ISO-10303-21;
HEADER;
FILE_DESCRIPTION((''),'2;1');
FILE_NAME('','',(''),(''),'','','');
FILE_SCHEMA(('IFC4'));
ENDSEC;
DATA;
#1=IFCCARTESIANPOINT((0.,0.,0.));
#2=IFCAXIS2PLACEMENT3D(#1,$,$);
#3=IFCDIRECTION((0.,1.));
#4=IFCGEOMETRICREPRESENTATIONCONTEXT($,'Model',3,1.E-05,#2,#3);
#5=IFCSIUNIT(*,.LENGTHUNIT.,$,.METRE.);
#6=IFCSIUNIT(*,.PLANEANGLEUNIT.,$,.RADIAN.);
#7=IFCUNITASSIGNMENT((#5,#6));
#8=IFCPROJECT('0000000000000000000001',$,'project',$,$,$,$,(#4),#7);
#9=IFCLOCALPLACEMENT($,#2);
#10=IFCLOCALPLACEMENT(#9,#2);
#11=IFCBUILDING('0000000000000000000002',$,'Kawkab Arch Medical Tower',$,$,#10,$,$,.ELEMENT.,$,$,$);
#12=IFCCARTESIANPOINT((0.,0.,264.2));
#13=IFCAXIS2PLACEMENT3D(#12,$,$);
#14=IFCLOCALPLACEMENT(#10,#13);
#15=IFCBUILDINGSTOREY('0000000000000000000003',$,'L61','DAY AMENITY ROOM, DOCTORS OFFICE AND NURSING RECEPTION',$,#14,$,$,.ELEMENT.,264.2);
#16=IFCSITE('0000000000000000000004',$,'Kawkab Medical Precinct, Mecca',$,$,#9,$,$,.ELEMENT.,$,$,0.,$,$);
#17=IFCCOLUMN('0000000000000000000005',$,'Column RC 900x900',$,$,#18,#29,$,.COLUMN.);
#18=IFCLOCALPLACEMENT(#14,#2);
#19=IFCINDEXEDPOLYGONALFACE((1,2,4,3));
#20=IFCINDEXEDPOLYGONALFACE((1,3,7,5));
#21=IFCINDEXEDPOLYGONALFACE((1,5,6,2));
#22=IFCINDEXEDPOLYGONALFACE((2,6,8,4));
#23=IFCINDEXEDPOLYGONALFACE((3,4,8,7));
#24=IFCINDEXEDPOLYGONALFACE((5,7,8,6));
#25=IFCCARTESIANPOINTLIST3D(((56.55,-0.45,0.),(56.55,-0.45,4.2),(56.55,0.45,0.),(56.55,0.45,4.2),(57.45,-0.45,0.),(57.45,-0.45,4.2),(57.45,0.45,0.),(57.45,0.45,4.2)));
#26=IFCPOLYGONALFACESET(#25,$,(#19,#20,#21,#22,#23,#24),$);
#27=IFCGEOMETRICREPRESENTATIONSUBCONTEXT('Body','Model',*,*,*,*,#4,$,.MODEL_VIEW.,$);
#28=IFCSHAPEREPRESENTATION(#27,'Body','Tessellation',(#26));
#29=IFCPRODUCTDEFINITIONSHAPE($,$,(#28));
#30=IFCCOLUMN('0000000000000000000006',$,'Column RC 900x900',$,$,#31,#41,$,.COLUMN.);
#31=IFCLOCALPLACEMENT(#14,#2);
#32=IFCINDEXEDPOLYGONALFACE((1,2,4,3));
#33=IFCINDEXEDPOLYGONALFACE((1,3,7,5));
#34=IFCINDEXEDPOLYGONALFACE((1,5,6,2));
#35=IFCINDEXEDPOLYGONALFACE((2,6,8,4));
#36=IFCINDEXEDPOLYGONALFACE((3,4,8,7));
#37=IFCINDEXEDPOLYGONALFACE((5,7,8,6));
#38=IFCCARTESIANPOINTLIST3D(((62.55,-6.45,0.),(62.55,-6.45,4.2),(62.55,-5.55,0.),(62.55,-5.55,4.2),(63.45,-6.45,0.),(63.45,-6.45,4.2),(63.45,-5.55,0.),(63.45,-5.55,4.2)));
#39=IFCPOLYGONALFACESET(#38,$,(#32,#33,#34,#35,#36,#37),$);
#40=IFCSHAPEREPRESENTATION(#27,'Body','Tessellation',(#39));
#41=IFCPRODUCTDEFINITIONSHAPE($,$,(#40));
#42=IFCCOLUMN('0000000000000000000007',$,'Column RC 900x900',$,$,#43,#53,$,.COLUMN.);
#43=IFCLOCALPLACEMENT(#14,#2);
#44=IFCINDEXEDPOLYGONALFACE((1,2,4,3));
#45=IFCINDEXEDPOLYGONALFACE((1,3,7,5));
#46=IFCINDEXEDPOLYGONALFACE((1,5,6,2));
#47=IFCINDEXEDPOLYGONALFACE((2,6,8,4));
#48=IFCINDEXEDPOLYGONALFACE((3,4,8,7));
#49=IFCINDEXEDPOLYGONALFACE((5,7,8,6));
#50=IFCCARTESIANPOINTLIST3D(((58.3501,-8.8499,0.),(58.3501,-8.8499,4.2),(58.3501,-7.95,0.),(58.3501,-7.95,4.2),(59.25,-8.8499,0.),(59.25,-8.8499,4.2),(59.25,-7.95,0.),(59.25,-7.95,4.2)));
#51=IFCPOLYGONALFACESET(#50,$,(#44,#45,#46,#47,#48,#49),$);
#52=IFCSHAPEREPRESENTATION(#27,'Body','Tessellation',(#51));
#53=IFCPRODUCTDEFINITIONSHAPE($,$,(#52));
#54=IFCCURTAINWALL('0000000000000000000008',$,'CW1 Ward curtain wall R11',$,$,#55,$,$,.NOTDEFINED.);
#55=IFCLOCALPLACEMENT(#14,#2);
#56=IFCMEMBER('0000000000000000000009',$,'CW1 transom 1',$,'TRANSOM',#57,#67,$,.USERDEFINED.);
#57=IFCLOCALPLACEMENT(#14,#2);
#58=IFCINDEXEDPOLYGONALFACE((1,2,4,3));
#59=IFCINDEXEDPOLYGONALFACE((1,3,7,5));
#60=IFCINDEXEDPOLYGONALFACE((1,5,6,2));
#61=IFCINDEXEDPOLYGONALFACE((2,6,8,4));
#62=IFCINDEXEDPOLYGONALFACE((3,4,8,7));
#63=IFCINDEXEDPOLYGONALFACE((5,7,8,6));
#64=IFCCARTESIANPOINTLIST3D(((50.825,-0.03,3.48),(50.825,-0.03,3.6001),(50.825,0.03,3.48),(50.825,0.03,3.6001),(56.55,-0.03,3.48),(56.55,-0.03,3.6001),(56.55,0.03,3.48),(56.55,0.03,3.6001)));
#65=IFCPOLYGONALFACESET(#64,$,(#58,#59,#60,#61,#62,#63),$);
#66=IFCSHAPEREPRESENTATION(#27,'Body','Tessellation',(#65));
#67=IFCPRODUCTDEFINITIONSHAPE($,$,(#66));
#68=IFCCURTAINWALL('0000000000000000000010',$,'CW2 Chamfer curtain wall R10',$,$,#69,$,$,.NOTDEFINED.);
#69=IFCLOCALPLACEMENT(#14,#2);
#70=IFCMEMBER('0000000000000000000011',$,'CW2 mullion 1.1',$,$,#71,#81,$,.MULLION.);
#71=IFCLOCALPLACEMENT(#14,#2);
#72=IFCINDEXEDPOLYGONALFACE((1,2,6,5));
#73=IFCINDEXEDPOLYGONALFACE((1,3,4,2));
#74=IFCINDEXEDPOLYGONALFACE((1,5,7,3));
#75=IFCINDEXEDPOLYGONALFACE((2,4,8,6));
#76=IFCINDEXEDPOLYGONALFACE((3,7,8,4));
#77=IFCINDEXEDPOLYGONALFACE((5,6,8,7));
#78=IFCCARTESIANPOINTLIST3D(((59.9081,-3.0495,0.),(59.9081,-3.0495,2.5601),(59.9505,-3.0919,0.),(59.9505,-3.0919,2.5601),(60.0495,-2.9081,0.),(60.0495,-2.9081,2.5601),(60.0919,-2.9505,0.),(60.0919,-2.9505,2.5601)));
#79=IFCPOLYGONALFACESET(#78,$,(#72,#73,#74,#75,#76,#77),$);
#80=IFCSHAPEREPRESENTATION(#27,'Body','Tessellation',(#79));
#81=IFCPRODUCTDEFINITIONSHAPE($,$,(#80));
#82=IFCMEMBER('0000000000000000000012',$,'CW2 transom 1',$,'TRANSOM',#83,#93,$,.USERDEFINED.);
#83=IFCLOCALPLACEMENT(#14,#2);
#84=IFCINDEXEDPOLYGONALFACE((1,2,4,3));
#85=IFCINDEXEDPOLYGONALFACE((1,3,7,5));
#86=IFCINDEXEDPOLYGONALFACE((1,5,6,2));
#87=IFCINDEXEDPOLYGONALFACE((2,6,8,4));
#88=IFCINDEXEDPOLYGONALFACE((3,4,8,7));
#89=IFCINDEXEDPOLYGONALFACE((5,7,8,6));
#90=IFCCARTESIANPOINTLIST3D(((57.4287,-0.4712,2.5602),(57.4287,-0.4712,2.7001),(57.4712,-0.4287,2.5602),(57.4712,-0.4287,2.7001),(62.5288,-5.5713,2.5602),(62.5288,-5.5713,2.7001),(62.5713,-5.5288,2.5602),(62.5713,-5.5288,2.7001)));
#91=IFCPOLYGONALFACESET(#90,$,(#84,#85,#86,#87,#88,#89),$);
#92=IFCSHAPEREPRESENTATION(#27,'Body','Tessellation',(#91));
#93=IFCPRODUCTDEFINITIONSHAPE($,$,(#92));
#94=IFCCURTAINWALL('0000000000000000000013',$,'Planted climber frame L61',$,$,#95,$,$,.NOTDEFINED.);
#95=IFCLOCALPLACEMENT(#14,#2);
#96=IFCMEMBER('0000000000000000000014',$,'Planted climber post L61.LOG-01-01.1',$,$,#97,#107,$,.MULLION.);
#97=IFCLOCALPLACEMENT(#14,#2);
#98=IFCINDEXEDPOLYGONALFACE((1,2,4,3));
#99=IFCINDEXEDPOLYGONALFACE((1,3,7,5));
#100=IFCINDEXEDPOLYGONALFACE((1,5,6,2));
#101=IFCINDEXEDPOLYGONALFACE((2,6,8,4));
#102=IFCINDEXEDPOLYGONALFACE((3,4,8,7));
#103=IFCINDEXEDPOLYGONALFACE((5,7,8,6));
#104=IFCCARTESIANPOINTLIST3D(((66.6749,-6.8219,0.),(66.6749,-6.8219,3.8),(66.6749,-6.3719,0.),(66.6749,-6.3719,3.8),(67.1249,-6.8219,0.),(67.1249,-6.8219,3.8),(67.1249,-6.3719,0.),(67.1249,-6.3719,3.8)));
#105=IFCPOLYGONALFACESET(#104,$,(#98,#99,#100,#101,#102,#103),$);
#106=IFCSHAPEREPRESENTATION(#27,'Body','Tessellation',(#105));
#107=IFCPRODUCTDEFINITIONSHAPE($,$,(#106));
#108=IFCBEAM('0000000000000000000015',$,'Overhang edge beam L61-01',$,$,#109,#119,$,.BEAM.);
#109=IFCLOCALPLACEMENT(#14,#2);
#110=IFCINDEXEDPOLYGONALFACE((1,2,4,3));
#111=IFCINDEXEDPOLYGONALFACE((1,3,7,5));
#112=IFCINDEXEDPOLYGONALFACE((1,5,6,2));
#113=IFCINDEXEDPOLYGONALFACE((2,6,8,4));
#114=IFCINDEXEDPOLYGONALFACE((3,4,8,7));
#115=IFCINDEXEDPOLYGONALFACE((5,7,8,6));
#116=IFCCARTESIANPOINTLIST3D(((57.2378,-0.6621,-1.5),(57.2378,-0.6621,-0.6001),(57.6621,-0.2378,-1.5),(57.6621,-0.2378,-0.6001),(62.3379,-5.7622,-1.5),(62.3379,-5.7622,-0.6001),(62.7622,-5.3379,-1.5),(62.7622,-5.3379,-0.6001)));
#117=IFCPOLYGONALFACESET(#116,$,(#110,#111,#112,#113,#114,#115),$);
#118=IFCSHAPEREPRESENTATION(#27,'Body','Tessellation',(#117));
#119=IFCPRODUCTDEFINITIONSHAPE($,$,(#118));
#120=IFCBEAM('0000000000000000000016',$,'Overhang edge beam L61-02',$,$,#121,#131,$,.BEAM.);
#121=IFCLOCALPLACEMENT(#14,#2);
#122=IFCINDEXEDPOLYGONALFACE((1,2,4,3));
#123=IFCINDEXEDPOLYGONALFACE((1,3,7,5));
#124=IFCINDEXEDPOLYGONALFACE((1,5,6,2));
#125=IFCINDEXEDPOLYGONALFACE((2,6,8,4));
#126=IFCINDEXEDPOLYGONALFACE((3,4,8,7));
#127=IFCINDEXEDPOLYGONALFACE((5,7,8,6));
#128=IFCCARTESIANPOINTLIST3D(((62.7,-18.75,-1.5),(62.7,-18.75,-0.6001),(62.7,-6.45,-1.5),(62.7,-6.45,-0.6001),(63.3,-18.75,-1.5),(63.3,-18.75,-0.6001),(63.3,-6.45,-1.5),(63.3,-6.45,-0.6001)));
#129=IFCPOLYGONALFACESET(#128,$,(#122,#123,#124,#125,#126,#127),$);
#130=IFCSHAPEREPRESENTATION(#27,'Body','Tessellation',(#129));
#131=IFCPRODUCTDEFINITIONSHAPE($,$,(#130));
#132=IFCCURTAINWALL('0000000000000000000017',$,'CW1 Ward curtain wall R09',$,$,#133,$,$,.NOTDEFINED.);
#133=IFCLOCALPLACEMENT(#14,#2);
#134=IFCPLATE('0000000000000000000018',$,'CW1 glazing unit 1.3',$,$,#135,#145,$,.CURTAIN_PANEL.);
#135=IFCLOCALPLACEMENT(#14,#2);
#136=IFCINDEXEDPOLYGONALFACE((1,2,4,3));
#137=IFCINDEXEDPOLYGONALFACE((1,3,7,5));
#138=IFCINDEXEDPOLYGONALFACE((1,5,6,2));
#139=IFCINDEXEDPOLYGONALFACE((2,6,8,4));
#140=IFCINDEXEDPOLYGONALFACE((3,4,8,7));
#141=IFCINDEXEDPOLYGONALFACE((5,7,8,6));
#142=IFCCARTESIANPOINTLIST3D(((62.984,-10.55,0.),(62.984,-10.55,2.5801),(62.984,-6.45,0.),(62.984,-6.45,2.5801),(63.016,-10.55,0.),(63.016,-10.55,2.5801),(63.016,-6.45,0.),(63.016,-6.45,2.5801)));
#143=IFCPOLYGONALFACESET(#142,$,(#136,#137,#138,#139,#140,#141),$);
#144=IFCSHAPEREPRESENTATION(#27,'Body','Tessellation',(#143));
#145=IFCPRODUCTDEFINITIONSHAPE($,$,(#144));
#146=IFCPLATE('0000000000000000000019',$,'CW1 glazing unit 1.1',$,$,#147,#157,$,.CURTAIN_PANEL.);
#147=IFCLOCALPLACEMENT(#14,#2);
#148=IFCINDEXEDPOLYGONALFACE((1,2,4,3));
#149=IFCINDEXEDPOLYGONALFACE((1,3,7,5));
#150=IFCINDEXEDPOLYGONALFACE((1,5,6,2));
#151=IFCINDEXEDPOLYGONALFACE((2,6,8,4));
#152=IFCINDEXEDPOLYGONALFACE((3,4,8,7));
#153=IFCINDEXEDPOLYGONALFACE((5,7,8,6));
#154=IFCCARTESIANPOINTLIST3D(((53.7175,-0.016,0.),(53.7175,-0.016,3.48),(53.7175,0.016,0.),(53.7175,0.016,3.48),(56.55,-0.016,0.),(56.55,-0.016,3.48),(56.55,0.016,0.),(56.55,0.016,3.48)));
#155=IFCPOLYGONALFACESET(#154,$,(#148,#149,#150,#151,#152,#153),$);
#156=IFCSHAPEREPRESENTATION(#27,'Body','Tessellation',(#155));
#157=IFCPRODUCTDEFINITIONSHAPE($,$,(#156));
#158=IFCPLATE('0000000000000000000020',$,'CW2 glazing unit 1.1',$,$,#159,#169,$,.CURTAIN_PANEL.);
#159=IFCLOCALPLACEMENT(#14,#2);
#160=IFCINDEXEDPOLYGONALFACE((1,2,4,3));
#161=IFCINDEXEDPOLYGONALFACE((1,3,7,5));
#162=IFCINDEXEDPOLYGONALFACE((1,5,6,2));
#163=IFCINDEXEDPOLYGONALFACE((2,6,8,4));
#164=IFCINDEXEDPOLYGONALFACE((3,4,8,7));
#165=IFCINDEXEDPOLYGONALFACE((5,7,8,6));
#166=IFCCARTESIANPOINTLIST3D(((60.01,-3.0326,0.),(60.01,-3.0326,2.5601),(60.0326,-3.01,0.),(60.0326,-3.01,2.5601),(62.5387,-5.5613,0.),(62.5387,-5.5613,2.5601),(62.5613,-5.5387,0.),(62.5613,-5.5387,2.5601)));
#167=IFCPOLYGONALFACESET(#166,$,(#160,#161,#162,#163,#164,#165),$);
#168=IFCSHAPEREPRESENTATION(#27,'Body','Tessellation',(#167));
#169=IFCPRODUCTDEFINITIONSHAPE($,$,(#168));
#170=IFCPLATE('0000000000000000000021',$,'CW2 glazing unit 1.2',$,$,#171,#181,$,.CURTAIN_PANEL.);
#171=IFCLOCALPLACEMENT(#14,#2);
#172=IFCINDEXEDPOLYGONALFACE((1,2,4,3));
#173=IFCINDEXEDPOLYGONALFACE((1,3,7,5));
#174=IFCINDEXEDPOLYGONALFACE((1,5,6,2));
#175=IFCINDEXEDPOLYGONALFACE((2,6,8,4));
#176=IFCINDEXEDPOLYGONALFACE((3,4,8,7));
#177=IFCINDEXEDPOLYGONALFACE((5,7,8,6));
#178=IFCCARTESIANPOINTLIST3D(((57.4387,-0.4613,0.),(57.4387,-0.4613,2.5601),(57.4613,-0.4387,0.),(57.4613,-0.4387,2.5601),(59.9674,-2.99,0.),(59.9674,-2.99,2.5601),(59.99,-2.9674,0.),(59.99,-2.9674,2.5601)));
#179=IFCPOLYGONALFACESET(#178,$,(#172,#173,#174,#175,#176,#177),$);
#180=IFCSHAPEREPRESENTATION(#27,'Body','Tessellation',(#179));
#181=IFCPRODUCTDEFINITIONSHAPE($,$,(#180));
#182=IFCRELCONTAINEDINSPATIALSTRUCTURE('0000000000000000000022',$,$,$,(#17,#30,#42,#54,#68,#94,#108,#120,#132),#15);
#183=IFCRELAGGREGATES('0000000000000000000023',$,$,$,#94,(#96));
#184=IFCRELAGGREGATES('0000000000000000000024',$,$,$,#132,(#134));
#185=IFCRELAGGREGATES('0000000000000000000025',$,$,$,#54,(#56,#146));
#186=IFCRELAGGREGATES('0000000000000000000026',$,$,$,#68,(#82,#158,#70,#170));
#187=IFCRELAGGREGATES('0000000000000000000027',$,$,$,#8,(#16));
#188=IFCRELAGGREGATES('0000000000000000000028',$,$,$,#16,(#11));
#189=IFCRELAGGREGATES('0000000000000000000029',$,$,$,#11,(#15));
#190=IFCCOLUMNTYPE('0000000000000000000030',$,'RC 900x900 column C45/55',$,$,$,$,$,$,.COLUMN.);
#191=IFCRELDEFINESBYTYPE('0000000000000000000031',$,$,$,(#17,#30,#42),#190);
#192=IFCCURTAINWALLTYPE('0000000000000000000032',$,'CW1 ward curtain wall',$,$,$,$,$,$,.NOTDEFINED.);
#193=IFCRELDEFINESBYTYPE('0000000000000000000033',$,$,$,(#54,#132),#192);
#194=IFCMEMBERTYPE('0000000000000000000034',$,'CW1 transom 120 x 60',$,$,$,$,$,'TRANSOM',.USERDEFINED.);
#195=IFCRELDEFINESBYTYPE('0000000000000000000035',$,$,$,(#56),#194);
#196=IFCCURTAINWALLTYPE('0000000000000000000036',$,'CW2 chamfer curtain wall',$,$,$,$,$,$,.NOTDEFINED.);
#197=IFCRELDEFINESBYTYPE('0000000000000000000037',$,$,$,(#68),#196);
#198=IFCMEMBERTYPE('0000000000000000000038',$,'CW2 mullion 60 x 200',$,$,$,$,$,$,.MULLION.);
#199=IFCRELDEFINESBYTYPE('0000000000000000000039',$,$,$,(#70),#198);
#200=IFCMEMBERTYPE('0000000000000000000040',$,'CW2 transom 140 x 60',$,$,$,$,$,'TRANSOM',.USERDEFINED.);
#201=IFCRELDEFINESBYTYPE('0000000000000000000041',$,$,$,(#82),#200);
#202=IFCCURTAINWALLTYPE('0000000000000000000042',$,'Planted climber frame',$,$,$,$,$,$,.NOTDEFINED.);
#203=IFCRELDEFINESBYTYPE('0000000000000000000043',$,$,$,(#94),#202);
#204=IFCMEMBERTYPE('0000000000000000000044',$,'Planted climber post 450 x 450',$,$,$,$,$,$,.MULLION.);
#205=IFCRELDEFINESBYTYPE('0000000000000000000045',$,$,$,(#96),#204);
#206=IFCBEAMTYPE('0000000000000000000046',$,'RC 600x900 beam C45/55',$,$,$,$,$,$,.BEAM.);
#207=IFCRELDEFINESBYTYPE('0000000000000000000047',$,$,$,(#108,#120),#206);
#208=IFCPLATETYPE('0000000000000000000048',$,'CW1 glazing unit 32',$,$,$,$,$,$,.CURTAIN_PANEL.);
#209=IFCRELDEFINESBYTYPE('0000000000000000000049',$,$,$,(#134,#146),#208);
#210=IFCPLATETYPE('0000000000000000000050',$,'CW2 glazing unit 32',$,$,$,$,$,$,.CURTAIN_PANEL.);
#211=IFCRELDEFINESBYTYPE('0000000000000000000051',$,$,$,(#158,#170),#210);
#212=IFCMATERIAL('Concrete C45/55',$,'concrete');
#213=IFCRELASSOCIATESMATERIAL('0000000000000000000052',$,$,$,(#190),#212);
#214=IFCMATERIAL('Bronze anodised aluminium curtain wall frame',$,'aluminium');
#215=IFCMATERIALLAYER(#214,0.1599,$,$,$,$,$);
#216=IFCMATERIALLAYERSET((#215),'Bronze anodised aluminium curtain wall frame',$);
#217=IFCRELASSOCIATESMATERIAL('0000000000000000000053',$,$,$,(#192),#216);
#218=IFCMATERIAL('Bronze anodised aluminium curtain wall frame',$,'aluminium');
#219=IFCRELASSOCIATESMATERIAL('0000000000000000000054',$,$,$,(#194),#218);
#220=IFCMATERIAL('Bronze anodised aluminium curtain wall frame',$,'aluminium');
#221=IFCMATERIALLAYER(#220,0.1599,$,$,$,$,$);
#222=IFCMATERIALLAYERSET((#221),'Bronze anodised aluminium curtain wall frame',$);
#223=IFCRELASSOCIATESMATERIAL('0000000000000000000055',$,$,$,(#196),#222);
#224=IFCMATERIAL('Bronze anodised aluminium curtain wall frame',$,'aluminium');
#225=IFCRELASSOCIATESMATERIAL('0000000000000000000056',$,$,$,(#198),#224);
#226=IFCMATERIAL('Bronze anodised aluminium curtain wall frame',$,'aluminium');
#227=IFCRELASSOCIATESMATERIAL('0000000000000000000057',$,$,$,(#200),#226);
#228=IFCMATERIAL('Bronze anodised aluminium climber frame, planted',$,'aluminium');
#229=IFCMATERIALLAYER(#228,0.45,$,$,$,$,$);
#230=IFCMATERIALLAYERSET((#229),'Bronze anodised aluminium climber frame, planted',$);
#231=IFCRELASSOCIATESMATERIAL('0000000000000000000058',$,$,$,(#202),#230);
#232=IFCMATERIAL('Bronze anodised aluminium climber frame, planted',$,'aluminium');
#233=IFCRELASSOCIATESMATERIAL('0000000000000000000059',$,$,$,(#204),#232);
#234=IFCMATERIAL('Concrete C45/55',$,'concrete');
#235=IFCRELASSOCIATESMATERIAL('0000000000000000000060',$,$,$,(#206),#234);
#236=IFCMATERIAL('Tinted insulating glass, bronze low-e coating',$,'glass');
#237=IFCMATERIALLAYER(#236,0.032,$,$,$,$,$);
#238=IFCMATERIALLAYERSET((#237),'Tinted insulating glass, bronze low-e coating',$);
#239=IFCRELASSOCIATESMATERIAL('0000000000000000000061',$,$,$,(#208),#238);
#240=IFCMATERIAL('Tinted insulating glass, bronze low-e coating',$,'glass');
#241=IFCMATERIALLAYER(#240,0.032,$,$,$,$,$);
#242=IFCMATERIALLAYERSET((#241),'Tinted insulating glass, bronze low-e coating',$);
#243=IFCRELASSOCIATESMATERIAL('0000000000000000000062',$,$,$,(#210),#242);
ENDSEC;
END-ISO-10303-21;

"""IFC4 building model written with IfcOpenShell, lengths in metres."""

from ifc_helpers import new_model, si_unit, direction, frame, origin, origin_2d, place, context, subcontext, project, spatial, rectangle, extrude, material, layer, layer_set, material_profile, profile_set, type_object, element, aggregate, save


model = new_model("IFC4")

# Units and contexts
model_context = context("Model", 3, precision=1e-05, world=origin(), true_north=direction((0.0, 1.0)))
body_context = subcontext(model_context, "Body", "Model", "MODEL_VIEW")
ifc_project = project(units=[si_unit("LENGTHUNIT", "METRE"), si_unit("PLANEANGLEUNIT", "RADIAN")], contexts=[model_context])

# Site, building, storey
site_placement = place(None, origin())
site = spatial("IfcSite", under=ifc_project, at=site_placement, Name="Kawkab Medical Precinct, Mecca", CompositionType="ELEMENT", RefElevation=0.0)
building_placement = place(site_placement, origin())
building = spatial("IfcBuilding", under=site, at=building_placement, Name="Kawkab Arch Medical Tower", CompositionType="ELEMENT")
storey_placement = place(building_placement, frame((0.0, 0.0, 264.2)))
storey = spatial("IfcBuildingStorey", under=building, at=storey_placement, Name="L61", Description="DAY AMENITY ROOM, DOCTORS OFFICE AND NURSING RECEPTION", CompositionType="ELEMENT", Elevation=264.2)

# Columns
ifc_material_1 = material(Name="Concrete C45/55", Category="concrete")
ifc_material_profile_1 = material_profile(ifc_material_1, rectangle(XDim=0.8999, YDim=0.8999, at=origin_2d()), Name="RC 900x900")
ifc_profile_set_1 = profile_set([ifc_material_profile_1], Name="Concrete C45/55")
column_type = type_object("IfcColumnType", Name="RC 900x900 column C45/55", PredefinedType="COLUMN", material=ifc_profile_set_1)
for number, where, z_axis, x_axis, name in (
    (1, (57.0, 0.0, 0.0), (0.0, 0.0, 1.0), (1.0, 0.0, 0.0), "Column RC 900x900"),
    (2, (63.0, -6.0, 0.0), (0.0, 0.0, 1.0), (1.0, 0.0, 0.0), "Column RC 900x900"),
    (3, (58.8, -8.3999, 0.0), (0.0, 0.0, 1.0), (1.0, 0.0, 0.0), "Column RC 900x900"),
):
    element("IfcColumn", number, at=place(storey_placement, frame(where, z_axis=z_axis, x_axis=x_axis)), inside=storey, type_object=column_type, Name=name, PredefinedType="COLUMN", context=body_context, shape_type="SweptSolid", body=[
        extrude(rectangle(XDim=0.8999, YDim=0.8999, at=origin_2d()), origin(), (0.0, 0.0, 1.0), 4.2),
    ])

# Curtain wall, member
ifc_material_2 = material(Name="Bronze anodised aluminium curtain wall frame", Category="aluminium")
ifc_layer_1 = layer(ifc_material_2, 0.1599)
ifc_layer_set_1 = layer_set([ifc_layer_1], Name="Bronze anodised aluminium curtain wall frame")
curtain_wall_type_1 = type_object("IfcCurtainWallType", Name="CW1 ward curtain wall", PredefinedType="NOTDEFINED", material=ifc_layer_set_1)
placement = place(storey_placement, origin())
curtain_wall_1 = element("IfcCurtainWall", 4, at=placement, inside=storey, type_object=curtain_wall_type_1, Name="CW1 Ward curtain wall R11", PredefinedType="NOTDEFINED")
ifc_material_3 = material(Name="Bronze anodised aluminium curtain wall frame", Category="aluminium")
ifc_material_profile_2 = material_profile(ifc_material_3, rectangle(XDim=0.0601, YDim=0.1201, at=origin_2d()), Name="AL 60x120")
ifc_profile_set_2 = profile_set([ifc_material_profile_2], Name="Bronze anodised aluminium curtain wall frame")
member_type_1 = type_object("IfcMemberType", Name="CW1 transom 120 x 60", ElementType="TRANSOM", PredefinedType="USERDEFINED", material=ifc_profile_set_2)
member_1_placement = place(storey_placement, frame((56.55, 0.0, 3.54), z_axis=(-1.0, 0.0, 0.0), x_axis=(0.0, -1.0, 0.0)))
member_1 = element("IfcMember", 5, at=member_1_placement, type_object=member_type_1, Name="CW1 transom 1", ObjectType="TRANSOM", PredefinedType="USERDEFINED", context=body_context, shape_type="SweptSolid", body=[
    extrude(rectangle(XDim=0.0601, YDim=0.1201, at=origin_2d()), origin(), (0.0, 0.0, 1.0), 5.7251),
])

# Curtain wall, members
ifc_material_4 = material(Name="Bronze anodised aluminium curtain wall frame", Category="aluminium")
ifc_layer_2 = layer(ifc_material_4, 0.1599)
ifc_layer_set_2 = layer_set([ifc_layer_2], Name="Bronze anodised aluminium curtain wall frame")
curtain_wall_type_2 = type_object("IfcCurtainWallType", Name="CW2 chamfer curtain wall", PredefinedType="NOTDEFINED", material=ifc_layer_set_2)
curtain_wall_2 = element("IfcCurtainWall", 6, at=placement, inside=storey, type_object=curtain_wall_type_2, Name="CW2 Chamfer curtain wall R10", PredefinedType="NOTDEFINED")
ifc_material_5 = material(Name="Bronze anodised aluminium curtain wall frame", Category="aluminium")
ifc_material_profile_3 = material_profile(ifc_material_5, rectangle(XDim=0.2, YDim=0.0601, at=origin_2d()), Name="AL 60x200")
ifc_profile_set_3 = profile_set([ifc_material_profile_3], Name="Bronze anodised aluminium curtain wall frame")
member_type_2 = type_object("IfcMemberType", Name="CW2 mullion 60 x 200", PredefinedType="MULLION", material=ifc_profile_set_3)
member_2_placement = place(storey_placement, frame((60.0, -3.0, 0.0), z_axis=(0.0, 0.0, 1.0), x_axis=(-0.707107, -0.707107, 0.0)))
member_2 = element("IfcMember", 7, at=member_2_placement, type_object=member_type_2, Name="CW2 mullion 1.1", PredefinedType="MULLION", context=body_context, shape_type="SweptSolid", body=[
    extrude(rectangle(XDim=0.2, YDim=0.0601, at=origin_2d()), origin(), (0.0, 0.0, 1.0), 2.5601),
])
ifc_material_6 = material(Name="Bronze anodised aluminium curtain wall frame", Category="aluminium")
ifc_material_profile_4 = material_profile(ifc_material_6, rectangle(XDim=0.0601, YDim=0.1399, at=origin_2d()), Name="AL 60x140")
ifc_profile_set_4 = profile_set([ifc_material_profile_4], Name="Bronze anodised aluminium curtain wall frame")
member_type_3 = type_object("IfcMemberType", Name="CW2 transom 140 x 60", ElementType="TRANSOM", PredefinedType="USERDEFINED", material=ifc_profile_set_4)
member_3_placement = place(storey_placement, frame((62.55, -5.55, 2.6301), z_axis=(-0.707107, 0.707107, 0.0), x_axis=(-0.707107, -0.707107, 0.0)))
member_3 = element("IfcMember", 8, at=member_3_placement, type_object=member_type_3, Name="CW2 transom 1", ObjectType="TRANSOM", PredefinedType="USERDEFINED", context=body_context, shape_type="SweptSolid", body=[
    extrude(rectangle(XDim=0.0601, YDim=0.1399, at=origin_2d()), origin(), (0.0, 0.0, 1.0), 7.2126),
])

# Curtain wall, member
ifc_material_7 = material(Name="Bronze anodised aluminium climber frame, planted", Category="aluminium")
ifc_layer_3 = layer(ifc_material_7, 0.45)
ifc_layer_set_3 = layer_set([ifc_layer_3], Name="Bronze anodised aluminium climber frame, planted")
curtain_wall_type_3 = type_object("IfcCurtainWallType", Name="Planted climber frame", PredefinedType="NOTDEFINED", material=ifc_layer_set_3)
curtain_wall_3 = element("IfcCurtainWall", 9, at=placement, inside=storey, type_object=curtain_wall_type_3, Name="Planted climber frame L61", PredefinedType="NOTDEFINED")
ifc_material_8 = material(Name="Bronze anodised aluminium climber frame, planted", Category="aluminium")
ifc_material_profile_5 = material_profile(ifc_material_8, rectangle(XDim=0.45, YDim=0.45, at=origin_2d()), Name="Post 450x450")
ifc_profile_set_5 = profile_set([ifc_material_profile_5], Name="Bronze anodised aluminium climber frame, planted")
member_type_4 = type_object("IfcMemberType", Name="Planted climber post 450 x 450", PredefinedType="MULLION", material=ifc_profile_set_5)
member_4_placement = place(storey_placement, frame((66.8999, -6.5969, 0.0), z_axis=(0.0, 0.0, 1.0), x_axis=(1.0, 0.0, 0.0)))
member_4 = element("IfcMember", 10, at=member_4_placement, type_object=member_type_4, Name="Planted climber post L61.LOG-01-01.1", PredefinedType="MULLION", context=body_context, shape_type="SweptSolid", body=[
    extrude(rectangle(XDim=0.45, YDim=0.45, at=origin_2d()), origin(), (0.0, 0.0, 1.0), 3.8),
])
aggregate(curtain_wall_3, [member_4])

# Beams
ifc_material_9 = material(Name="Concrete C45/55", Category="concrete")
ifc_material_profile_6 = material_profile(ifc_material_9, rectangle(XDim=0.6001, YDim=0.8999, at=origin_2d()), Name="RC 600x900")
ifc_profile_set_6 = profile_set([ifc_material_profile_6], Name="Concrete C45/55")
beam_type = type_object("IfcBeamType", Name="RC 600x900 beam C45/55", PredefinedType="BEAM", material=ifc_profile_set_6)
beam_1_placement = place(storey_placement, frame((57.45, -0.45, -1.05), z_axis=(0.707107, -0.707107, 0.0), x_axis=(0.707107, 0.707107, 0.0)))
element("IfcBeam", 11, at=beam_1_placement, inside=storey, type_object=beam_type, Name="Overhang edge beam L61-01", PredefinedType="BEAM", context=body_context, shape_type="SweptSolid", body=[
    extrude(rectangle(XDim=0.6001, YDim=0.8999, at=origin_2d()), origin(), (0.0, 0.0, 1.0), 7.2126),
])
beam_2_placement = place(storey_placement, frame((63.0, -6.45, -1.05), z_axis=(0.0, -1.0, 0.0), x_axis=(1.0, 0.0, 0.0)))
element("IfcBeam", 12, at=beam_2_placement, inside=storey, type_object=beam_type, Name="Overhang edge beam L61-02", PredefinedType="BEAM", context=body_context, shape_type="SweptSolid", body=[
    extrude(rectangle(XDim=0.6001, YDim=0.8999, at=origin_2d()), origin(), (0.0, 0.0, 1.0), 12.3),
])

# Curtain wall, plate
curtain_wall_4 = element("IfcCurtainWall", 13, at=placement, inside=storey, type_object=curtain_wall_type_1, Name="CW1 Ward curtain wall R09", PredefinedType="NOTDEFINED")
ifc_material_10 = material(Name="Tinted insulating glass, bronze low-e coating", Category="glass")
ifc_layer_4 = layer(ifc_material_10, 0.032)
ifc_layer_set_4 = layer_set([ifc_layer_4], Name="Tinted insulating glass, bronze low-e coating")
plate_type_1 = type_object("IfcPlateType", Name="CW1 glazing unit 32", PredefinedType="CURTAIN_PANEL", material=ifc_layer_set_4)
plate_1_placement = place(storey_placement, frame((63.0, -8.5, 0.0), z_axis=(0.0, 0.0, 1.0), x_axis=(0.0, 1.0, 0.0)))
plate_1 = element("IfcPlate", 14, at=plate_1_placement, type_object=plate_type_1, Name="CW1 glazing unit 1.3", PredefinedType="CURTAIN_PANEL", context=body_context, shape_type="SweptSolid", body=[
    extrude(rectangle(XDim=4.1001, YDim=0.032, at=origin_2d()), origin(), (0.0, 0.0, 1.0), 2.5801),
])
aggregate(curtain_wall_4, [plate_1])

# Plates
plate_2_placement = place(storey_placement, frame((55.1338, 0.0, 0.0), z_axis=(0.0, 0.0, 1.0), x_axis=(-1.0, 0.0, 0.0)))
plate_2 = element("IfcPlate", 15, at=plate_2_placement, type_object=plate_type_1, Name="CW1 glazing unit 1.1", PredefinedType="CURTAIN_PANEL", context=body_context, shape_type="SweptSolid", body=[
    extrude(rectangle(XDim=2.8325, YDim=0.032, at=origin_2d()), origin(), (0.0, 0.0, 1.0), 3.48),
])
aggregate(curtain_wall_1, [member_1, plate_2])
ifc_material_11 = material(Name="Tinted insulating glass, bronze low-e coating", Category="glass")
ifc_layer_5 = layer(ifc_material_11, 0.032)
ifc_layer_set_5 = layer_set([ifc_layer_5], Name="Tinted insulating glass, bronze low-e coating")
plate_type_2 = type_object("IfcPlateType", Name="CW2 glazing unit 32", PredefinedType="CURTAIN_PANEL", material=ifc_layer_set_5)
plate_3_placement = place(storey_placement, frame((61.2856, -4.2856, 0.0), z_axis=(0.0, 0.0, 1.0), x_axis=(-0.707107, 0.707107, 0.0)))
plate_3 = element("IfcPlate", 16, at=plate_3_placement, type_object=plate_type_2, Name="CW2 glazing unit 1.1", PredefinedType="CURTAIN_PANEL", context=body_context, shape_type="SweptSolid", body=[
    extrude(rectangle(XDim=3.5762, YDim=0.032, at=origin_2d()), origin(), (0.0, 0.0, 1.0), 2.5601),
])
plate_4_placement = place(storey_placement, frame((58.7144, -1.7144, 0.0), z_axis=(0.0, 0.0, 1.0), x_axis=(-0.707107, 0.707107, 0.0)))
plate_4 = element("IfcPlate", 17, at=plate_4_placement, type_object=plate_type_2, Name="CW2 glazing unit 1.2", PredefinedType="CURTAIN_PANEL", context=body_context, shape_type="SweptSolid", body=[
    extrude(rectangle(XDim=3.5762, YDim=0.032, at=origin_2d()), origin(), (0.0, 0.0, 1.0), 2.5601),
])
aggregate(curtain_wall_2, [member_3, plate_3, member_2, plate_4])

save(model, "model.ifc")
